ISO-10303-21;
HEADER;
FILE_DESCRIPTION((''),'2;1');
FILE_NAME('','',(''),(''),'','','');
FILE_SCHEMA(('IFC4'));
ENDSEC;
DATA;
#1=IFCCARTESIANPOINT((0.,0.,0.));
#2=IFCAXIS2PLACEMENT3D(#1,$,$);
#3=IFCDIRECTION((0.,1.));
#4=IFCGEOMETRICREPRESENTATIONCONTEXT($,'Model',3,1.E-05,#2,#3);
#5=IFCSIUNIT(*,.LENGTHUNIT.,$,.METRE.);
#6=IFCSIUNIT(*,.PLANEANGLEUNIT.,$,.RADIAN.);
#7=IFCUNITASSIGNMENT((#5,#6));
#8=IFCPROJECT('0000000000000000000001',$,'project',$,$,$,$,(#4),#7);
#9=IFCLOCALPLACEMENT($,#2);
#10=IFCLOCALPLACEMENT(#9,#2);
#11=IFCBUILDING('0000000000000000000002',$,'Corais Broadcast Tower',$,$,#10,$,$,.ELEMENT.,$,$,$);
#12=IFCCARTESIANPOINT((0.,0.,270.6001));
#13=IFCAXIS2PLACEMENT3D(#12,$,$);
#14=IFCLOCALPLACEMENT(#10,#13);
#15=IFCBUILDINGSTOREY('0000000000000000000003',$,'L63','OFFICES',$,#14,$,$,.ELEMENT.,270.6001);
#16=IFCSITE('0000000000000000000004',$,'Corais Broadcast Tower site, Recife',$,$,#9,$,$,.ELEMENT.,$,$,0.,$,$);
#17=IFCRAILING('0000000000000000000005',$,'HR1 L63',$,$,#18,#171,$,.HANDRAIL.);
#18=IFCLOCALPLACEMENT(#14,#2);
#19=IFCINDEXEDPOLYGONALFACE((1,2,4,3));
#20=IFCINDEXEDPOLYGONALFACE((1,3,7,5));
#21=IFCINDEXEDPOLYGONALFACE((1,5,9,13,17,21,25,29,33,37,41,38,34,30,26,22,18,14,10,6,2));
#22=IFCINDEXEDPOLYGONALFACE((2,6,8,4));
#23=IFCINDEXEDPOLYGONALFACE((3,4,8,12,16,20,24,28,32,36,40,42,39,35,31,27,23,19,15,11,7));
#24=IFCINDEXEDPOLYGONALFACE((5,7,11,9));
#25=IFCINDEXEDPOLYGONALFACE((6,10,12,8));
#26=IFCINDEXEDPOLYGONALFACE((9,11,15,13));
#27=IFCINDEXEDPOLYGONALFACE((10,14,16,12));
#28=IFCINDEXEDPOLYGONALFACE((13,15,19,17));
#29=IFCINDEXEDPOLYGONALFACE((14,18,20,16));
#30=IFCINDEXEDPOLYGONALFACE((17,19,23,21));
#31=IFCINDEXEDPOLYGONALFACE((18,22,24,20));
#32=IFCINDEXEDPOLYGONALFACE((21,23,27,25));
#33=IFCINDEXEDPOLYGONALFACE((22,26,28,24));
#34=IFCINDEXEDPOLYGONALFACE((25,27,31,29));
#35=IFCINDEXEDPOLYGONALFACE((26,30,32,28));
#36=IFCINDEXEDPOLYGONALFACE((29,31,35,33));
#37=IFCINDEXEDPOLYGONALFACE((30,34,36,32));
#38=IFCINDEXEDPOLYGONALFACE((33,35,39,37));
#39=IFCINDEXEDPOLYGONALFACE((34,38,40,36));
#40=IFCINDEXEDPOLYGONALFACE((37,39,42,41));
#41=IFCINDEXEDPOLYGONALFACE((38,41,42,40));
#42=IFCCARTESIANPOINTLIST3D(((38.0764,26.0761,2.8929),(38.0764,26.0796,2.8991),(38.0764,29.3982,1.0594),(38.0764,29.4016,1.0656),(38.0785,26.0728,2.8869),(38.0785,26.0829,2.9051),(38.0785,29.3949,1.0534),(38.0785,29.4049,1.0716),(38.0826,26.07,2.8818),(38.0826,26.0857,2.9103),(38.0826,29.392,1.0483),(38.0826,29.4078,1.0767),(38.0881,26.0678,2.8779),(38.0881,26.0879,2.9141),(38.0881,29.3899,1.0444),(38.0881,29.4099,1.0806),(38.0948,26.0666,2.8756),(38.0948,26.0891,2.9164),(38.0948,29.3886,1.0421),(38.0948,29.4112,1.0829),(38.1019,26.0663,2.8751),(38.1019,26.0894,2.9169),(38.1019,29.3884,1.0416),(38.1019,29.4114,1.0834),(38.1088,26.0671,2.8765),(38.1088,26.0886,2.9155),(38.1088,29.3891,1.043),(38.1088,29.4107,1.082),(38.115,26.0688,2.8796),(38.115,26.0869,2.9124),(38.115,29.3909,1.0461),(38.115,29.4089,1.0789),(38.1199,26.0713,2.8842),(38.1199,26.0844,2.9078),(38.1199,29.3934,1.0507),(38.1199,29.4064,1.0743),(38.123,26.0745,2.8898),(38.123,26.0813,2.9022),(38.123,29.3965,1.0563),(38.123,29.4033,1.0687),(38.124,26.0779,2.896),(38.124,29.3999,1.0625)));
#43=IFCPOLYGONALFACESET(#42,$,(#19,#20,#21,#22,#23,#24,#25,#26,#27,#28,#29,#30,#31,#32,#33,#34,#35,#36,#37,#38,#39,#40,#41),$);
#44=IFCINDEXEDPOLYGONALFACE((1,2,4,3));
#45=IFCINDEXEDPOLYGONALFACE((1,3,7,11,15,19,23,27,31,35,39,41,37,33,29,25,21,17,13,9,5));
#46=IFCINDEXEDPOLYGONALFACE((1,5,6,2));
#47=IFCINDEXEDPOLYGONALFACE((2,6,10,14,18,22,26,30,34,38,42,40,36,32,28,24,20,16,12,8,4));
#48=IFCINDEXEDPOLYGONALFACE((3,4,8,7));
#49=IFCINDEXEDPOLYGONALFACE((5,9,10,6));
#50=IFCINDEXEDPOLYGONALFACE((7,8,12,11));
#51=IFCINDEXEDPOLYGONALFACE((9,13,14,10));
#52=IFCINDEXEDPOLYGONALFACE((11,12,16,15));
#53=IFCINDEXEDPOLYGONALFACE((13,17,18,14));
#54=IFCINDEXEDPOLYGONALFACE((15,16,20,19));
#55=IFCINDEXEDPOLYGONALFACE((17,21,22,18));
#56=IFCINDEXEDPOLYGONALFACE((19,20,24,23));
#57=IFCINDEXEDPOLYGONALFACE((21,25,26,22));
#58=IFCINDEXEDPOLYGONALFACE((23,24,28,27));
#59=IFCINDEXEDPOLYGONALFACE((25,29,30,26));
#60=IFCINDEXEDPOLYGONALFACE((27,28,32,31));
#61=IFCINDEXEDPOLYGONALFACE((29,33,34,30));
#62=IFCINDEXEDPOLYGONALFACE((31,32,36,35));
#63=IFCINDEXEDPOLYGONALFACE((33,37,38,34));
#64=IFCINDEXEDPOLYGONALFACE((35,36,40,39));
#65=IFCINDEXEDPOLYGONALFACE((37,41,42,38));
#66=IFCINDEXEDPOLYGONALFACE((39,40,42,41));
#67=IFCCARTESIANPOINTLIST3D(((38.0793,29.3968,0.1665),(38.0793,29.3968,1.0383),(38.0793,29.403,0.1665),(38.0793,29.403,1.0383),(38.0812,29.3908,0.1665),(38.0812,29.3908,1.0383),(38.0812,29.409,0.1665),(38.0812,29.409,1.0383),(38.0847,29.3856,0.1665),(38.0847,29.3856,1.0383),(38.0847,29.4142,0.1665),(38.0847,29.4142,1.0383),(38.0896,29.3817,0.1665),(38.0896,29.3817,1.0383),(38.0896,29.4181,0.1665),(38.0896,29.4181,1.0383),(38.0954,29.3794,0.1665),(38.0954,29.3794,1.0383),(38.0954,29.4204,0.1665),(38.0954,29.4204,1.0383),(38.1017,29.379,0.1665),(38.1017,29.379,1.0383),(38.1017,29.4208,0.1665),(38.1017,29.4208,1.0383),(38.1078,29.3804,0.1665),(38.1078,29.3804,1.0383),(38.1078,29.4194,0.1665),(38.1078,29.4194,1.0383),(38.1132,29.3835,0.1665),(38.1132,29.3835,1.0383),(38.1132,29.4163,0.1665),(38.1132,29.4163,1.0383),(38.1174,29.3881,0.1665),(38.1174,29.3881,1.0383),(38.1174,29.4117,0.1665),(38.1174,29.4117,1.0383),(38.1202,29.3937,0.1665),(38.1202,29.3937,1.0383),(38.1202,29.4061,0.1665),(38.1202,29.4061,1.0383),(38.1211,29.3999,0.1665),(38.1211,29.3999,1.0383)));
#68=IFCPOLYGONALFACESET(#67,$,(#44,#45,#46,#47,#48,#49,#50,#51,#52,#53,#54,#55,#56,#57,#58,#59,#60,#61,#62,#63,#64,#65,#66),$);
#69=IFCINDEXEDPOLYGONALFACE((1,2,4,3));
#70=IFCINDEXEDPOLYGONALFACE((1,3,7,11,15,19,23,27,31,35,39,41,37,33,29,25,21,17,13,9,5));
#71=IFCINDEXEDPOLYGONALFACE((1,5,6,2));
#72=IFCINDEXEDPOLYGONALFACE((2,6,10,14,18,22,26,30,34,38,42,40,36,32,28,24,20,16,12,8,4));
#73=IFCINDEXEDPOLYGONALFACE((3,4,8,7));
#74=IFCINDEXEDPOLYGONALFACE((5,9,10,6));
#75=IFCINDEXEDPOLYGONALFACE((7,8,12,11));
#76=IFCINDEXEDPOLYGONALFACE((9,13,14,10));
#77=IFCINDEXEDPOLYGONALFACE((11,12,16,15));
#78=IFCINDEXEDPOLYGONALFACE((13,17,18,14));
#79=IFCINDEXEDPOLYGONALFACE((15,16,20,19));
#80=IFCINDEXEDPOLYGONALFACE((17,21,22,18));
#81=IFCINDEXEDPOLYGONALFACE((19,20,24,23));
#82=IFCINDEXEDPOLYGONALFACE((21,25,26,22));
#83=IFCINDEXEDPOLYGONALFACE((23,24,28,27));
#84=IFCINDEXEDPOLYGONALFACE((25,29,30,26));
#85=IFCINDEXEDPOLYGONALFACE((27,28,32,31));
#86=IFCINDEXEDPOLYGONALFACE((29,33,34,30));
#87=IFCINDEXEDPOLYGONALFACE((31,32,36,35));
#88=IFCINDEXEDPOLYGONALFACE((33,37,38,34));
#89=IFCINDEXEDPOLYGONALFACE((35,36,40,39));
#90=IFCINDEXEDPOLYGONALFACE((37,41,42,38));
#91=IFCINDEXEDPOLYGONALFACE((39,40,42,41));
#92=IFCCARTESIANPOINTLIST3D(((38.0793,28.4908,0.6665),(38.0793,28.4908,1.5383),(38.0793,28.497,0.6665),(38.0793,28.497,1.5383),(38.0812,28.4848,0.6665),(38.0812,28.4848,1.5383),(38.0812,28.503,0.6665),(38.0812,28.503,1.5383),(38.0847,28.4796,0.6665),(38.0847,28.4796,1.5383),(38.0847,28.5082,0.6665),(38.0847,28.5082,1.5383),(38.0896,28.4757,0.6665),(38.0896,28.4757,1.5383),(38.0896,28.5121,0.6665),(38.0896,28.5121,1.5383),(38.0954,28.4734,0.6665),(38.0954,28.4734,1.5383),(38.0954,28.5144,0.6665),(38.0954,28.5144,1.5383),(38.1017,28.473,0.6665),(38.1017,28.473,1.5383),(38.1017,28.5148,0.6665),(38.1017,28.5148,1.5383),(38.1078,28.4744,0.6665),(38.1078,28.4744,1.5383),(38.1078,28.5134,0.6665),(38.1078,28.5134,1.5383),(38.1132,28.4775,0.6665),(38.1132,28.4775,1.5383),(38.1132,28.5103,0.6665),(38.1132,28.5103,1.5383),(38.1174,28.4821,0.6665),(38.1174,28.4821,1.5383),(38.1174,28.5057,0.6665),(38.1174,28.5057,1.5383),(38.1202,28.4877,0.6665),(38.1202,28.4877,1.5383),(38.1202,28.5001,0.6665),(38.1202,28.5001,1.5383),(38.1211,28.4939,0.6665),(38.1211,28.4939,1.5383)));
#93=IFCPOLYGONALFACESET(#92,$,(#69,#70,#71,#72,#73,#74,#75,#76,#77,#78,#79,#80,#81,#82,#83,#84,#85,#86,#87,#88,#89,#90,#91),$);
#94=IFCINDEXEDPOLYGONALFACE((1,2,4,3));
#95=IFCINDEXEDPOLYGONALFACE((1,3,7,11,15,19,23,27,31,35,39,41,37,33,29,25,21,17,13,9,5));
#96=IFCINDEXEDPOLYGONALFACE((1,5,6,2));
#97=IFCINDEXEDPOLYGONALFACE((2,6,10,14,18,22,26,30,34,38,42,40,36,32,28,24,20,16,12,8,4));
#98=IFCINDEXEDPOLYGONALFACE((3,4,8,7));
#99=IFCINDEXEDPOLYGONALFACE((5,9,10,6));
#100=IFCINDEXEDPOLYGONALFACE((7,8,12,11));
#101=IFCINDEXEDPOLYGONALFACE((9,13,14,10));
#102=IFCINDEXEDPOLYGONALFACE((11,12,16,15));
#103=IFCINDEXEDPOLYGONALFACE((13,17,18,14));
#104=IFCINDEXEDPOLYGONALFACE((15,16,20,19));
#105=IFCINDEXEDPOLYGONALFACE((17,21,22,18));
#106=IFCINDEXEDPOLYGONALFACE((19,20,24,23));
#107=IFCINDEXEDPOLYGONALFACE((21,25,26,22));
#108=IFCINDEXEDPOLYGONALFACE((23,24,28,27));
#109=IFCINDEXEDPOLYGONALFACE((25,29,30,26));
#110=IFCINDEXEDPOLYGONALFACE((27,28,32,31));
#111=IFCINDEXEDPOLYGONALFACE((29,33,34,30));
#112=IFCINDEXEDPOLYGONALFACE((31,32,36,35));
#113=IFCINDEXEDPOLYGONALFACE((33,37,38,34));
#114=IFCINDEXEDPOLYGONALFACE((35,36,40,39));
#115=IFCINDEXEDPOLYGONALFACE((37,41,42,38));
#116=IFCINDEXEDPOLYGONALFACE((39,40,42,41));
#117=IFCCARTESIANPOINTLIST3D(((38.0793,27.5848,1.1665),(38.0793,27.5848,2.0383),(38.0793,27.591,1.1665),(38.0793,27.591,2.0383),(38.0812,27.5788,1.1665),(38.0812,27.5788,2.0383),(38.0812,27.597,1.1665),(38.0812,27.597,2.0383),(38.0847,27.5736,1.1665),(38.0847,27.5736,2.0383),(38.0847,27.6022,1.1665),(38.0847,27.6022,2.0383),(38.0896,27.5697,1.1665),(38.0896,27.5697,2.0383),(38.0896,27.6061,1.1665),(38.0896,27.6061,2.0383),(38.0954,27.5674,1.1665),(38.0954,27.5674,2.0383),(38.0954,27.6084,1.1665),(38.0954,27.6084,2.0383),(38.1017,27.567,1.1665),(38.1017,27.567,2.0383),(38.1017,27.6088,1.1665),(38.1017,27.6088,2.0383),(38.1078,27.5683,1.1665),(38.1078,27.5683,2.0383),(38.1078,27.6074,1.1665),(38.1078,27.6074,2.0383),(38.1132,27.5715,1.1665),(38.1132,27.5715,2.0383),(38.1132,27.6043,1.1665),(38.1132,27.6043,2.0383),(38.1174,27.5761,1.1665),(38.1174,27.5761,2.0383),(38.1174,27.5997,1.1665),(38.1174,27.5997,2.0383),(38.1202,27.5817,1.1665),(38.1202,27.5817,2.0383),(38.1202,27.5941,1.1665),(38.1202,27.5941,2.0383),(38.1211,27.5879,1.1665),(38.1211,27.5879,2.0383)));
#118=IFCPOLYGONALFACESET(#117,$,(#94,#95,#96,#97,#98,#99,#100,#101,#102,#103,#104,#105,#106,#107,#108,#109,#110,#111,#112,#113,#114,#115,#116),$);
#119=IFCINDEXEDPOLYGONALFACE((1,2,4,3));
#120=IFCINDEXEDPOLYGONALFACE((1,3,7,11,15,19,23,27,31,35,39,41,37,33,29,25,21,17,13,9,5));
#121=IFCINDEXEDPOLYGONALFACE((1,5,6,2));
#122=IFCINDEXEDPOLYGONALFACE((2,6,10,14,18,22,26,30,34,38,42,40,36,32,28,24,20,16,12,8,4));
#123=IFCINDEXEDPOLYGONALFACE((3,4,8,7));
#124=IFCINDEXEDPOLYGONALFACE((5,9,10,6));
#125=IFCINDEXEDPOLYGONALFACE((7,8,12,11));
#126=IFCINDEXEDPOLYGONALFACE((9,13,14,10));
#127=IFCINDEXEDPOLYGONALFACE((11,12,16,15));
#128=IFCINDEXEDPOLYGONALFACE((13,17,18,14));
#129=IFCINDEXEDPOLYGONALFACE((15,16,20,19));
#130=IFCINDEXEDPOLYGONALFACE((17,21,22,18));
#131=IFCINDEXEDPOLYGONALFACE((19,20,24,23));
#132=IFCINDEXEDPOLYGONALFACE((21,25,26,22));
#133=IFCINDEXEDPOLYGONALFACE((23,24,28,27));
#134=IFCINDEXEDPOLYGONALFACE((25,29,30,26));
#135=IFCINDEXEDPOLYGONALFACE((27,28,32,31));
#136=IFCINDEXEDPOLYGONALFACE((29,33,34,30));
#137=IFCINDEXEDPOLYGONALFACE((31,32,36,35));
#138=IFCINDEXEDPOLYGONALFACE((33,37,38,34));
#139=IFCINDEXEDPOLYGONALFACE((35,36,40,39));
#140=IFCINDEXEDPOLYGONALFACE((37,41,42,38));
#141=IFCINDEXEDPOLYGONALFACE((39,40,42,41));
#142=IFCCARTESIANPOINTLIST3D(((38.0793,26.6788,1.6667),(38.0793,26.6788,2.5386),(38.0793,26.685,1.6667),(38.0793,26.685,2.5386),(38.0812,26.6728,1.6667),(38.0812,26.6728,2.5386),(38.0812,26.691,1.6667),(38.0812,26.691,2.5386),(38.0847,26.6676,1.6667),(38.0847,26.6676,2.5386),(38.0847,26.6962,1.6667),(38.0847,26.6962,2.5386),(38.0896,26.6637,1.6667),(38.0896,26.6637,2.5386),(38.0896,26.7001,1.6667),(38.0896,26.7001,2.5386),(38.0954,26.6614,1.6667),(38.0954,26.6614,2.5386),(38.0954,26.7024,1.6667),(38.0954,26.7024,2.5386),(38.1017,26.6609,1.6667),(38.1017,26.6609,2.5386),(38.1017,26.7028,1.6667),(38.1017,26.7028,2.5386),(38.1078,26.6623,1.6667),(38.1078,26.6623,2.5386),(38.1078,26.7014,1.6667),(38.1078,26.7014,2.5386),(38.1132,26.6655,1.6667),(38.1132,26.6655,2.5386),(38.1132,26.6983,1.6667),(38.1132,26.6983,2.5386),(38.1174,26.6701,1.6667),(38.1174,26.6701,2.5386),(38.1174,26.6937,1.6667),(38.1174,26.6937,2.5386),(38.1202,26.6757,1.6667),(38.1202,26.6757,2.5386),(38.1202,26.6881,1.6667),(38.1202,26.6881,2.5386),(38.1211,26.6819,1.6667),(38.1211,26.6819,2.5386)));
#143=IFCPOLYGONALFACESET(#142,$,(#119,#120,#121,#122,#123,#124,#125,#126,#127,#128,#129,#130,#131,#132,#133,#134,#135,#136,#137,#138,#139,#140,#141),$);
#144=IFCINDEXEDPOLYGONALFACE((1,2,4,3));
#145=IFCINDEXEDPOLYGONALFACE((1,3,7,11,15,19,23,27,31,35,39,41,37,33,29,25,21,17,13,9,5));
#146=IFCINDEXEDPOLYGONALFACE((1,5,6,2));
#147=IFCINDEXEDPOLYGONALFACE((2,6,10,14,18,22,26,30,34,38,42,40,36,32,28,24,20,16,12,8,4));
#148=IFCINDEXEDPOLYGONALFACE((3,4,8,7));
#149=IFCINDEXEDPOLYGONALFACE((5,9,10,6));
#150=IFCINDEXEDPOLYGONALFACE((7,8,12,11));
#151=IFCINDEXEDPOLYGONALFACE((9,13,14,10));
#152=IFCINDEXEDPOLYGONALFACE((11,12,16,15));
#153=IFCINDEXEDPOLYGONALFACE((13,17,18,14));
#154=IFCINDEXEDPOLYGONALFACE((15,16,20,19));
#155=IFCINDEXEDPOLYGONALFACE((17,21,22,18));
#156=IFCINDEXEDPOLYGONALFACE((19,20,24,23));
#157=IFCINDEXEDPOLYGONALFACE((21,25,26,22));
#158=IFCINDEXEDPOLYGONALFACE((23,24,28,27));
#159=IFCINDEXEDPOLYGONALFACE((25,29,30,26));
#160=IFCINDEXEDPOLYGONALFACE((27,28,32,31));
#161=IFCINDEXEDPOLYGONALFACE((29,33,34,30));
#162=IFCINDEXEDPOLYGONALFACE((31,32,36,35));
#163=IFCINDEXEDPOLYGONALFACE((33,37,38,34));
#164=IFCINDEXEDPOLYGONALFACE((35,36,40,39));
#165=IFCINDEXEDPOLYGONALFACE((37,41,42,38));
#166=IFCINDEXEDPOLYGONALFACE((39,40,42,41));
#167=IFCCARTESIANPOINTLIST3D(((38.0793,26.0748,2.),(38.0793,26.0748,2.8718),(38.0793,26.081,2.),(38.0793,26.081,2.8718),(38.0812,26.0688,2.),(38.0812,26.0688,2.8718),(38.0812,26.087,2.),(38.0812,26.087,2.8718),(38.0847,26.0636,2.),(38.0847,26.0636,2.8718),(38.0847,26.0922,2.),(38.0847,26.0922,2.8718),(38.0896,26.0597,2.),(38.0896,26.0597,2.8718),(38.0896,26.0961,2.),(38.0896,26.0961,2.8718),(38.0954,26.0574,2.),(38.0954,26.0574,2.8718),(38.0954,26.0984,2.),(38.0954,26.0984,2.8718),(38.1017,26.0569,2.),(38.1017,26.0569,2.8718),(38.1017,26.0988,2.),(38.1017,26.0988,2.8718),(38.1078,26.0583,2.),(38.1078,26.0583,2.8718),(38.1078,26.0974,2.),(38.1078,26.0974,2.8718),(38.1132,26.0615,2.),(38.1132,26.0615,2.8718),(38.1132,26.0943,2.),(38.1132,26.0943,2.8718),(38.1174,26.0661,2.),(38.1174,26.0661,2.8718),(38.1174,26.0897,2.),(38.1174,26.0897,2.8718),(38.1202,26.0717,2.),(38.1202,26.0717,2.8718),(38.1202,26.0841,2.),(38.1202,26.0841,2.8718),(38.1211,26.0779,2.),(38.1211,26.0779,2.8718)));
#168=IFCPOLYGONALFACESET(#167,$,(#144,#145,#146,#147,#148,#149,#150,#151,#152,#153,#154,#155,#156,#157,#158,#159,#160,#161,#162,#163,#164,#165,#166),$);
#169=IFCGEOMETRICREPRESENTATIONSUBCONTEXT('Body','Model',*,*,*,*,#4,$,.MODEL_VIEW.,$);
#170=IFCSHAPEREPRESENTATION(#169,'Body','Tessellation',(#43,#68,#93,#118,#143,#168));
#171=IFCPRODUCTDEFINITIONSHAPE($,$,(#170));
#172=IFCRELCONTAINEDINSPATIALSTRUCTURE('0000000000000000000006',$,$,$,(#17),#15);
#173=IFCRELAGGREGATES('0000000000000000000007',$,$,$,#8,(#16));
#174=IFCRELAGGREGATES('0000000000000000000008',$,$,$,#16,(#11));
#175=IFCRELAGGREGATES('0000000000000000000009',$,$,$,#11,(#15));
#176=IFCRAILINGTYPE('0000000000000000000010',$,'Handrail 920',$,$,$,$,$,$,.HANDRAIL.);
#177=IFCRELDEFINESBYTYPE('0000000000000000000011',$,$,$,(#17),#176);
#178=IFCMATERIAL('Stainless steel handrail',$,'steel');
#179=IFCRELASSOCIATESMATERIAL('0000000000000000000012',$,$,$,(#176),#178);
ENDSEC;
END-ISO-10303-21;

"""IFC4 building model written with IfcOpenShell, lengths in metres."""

from ifc_helpers import new_model, si_unit, direction, frame, origin, origin_2d, place, context, subcontext, project, spatial, circle, extrude, material, type_object, element, save


model = new_model("IFC4")

# Units and contexts
model_context = context("Model", 3, precision=1e-05, world=origin(), true_north=direction((0.0, 1.0)))
body_context = subcontext(model_context, "Body", "Model", "MODEL_VIEW")
ifc_project = project(units=[si_unit("LENGTHUNIT", "METRE"), si_unit("PLANEANGLEUNIT", "RADIAN")], contexts=[model_context])

# Site, building, storey
site_placement = place(None, origin())
site = spatial("IfcSite", under=ifc_project, at=site_placement, Name="Corais Broadcast Tower site, Recife", CompositionType="ELEMENT", RefElevation=0.0)
building_placement = place(site_placement, origin())
building = spatial("IfcBuilding", under=site, at=building_placement, Name="Corais Broadcast Tower", CompositionType="ELEMENT")
storey_placement = place(building_placement, frame((0.0, 0.0, 270.6001)))
storey = spatial("IfcBuildingStorey", under=building, at=storey_placement, Name="L63", Description="OFFICES", CompositionType="ELEMENT", Elevation=270.6001)

# Railing
ifc_material_1 = material(Name="Stainless steel handrail", Category="steel")
railing_type = type_object("IfcRailingType", Name="Handrail 920", PredefinedType="HANDRAIL", material=ifc_material_1)
for number, where, name in (
    (1, (38.1001, 29.3999, 0.1665), "HR1 L63"),
):
    element("IfcRailing", number, at=place(storey_placement, frame(where)), inside=storey, type_object=railing_type, Name=name, PredefinedType="HANDRAIL", context=body_context, shape_type="SweptSolid", body=[
        extrude(circle(Radius=0.0239, at=origin_2d()), frame((0.0, 0.0, 0.896), z_axis=(0.0, -0.875504, 0.48321), x_axis=(1.0, 0.0, 0.0)), (0.0, 0.0, 1.0), 3.7944),
        extrude(circle(Radius=0.021, at=origin_2d()), origin(), (0.0, 0.0, 1.0), 0.8718),
        extrude(circle(Radius=0.021, at=origin_2d()), frame((0.0, -0.906, 0.5)), (0.0, 0.0, 1.0), 0.8718),
        extrude(circle(Radius=0.021, at=origin_2d()), frame((0.0, -1.812, 1.0)), (0.0, 0.0, 1.0), 0.8718),
        extrude(circle(Radius=0.021, at=origin_2d()), frame((0.0, -2.718, 1.5002)), (0.0, 0.0, 1.0), 0.8718),
        extrude(circle(Radius=0.021, at=origin_2d()), frame((0.0, -3.322, 1.8335)), (0.0, 0.0, 1.0), 0.8718),
    ])

save(model, "model.ifc")
